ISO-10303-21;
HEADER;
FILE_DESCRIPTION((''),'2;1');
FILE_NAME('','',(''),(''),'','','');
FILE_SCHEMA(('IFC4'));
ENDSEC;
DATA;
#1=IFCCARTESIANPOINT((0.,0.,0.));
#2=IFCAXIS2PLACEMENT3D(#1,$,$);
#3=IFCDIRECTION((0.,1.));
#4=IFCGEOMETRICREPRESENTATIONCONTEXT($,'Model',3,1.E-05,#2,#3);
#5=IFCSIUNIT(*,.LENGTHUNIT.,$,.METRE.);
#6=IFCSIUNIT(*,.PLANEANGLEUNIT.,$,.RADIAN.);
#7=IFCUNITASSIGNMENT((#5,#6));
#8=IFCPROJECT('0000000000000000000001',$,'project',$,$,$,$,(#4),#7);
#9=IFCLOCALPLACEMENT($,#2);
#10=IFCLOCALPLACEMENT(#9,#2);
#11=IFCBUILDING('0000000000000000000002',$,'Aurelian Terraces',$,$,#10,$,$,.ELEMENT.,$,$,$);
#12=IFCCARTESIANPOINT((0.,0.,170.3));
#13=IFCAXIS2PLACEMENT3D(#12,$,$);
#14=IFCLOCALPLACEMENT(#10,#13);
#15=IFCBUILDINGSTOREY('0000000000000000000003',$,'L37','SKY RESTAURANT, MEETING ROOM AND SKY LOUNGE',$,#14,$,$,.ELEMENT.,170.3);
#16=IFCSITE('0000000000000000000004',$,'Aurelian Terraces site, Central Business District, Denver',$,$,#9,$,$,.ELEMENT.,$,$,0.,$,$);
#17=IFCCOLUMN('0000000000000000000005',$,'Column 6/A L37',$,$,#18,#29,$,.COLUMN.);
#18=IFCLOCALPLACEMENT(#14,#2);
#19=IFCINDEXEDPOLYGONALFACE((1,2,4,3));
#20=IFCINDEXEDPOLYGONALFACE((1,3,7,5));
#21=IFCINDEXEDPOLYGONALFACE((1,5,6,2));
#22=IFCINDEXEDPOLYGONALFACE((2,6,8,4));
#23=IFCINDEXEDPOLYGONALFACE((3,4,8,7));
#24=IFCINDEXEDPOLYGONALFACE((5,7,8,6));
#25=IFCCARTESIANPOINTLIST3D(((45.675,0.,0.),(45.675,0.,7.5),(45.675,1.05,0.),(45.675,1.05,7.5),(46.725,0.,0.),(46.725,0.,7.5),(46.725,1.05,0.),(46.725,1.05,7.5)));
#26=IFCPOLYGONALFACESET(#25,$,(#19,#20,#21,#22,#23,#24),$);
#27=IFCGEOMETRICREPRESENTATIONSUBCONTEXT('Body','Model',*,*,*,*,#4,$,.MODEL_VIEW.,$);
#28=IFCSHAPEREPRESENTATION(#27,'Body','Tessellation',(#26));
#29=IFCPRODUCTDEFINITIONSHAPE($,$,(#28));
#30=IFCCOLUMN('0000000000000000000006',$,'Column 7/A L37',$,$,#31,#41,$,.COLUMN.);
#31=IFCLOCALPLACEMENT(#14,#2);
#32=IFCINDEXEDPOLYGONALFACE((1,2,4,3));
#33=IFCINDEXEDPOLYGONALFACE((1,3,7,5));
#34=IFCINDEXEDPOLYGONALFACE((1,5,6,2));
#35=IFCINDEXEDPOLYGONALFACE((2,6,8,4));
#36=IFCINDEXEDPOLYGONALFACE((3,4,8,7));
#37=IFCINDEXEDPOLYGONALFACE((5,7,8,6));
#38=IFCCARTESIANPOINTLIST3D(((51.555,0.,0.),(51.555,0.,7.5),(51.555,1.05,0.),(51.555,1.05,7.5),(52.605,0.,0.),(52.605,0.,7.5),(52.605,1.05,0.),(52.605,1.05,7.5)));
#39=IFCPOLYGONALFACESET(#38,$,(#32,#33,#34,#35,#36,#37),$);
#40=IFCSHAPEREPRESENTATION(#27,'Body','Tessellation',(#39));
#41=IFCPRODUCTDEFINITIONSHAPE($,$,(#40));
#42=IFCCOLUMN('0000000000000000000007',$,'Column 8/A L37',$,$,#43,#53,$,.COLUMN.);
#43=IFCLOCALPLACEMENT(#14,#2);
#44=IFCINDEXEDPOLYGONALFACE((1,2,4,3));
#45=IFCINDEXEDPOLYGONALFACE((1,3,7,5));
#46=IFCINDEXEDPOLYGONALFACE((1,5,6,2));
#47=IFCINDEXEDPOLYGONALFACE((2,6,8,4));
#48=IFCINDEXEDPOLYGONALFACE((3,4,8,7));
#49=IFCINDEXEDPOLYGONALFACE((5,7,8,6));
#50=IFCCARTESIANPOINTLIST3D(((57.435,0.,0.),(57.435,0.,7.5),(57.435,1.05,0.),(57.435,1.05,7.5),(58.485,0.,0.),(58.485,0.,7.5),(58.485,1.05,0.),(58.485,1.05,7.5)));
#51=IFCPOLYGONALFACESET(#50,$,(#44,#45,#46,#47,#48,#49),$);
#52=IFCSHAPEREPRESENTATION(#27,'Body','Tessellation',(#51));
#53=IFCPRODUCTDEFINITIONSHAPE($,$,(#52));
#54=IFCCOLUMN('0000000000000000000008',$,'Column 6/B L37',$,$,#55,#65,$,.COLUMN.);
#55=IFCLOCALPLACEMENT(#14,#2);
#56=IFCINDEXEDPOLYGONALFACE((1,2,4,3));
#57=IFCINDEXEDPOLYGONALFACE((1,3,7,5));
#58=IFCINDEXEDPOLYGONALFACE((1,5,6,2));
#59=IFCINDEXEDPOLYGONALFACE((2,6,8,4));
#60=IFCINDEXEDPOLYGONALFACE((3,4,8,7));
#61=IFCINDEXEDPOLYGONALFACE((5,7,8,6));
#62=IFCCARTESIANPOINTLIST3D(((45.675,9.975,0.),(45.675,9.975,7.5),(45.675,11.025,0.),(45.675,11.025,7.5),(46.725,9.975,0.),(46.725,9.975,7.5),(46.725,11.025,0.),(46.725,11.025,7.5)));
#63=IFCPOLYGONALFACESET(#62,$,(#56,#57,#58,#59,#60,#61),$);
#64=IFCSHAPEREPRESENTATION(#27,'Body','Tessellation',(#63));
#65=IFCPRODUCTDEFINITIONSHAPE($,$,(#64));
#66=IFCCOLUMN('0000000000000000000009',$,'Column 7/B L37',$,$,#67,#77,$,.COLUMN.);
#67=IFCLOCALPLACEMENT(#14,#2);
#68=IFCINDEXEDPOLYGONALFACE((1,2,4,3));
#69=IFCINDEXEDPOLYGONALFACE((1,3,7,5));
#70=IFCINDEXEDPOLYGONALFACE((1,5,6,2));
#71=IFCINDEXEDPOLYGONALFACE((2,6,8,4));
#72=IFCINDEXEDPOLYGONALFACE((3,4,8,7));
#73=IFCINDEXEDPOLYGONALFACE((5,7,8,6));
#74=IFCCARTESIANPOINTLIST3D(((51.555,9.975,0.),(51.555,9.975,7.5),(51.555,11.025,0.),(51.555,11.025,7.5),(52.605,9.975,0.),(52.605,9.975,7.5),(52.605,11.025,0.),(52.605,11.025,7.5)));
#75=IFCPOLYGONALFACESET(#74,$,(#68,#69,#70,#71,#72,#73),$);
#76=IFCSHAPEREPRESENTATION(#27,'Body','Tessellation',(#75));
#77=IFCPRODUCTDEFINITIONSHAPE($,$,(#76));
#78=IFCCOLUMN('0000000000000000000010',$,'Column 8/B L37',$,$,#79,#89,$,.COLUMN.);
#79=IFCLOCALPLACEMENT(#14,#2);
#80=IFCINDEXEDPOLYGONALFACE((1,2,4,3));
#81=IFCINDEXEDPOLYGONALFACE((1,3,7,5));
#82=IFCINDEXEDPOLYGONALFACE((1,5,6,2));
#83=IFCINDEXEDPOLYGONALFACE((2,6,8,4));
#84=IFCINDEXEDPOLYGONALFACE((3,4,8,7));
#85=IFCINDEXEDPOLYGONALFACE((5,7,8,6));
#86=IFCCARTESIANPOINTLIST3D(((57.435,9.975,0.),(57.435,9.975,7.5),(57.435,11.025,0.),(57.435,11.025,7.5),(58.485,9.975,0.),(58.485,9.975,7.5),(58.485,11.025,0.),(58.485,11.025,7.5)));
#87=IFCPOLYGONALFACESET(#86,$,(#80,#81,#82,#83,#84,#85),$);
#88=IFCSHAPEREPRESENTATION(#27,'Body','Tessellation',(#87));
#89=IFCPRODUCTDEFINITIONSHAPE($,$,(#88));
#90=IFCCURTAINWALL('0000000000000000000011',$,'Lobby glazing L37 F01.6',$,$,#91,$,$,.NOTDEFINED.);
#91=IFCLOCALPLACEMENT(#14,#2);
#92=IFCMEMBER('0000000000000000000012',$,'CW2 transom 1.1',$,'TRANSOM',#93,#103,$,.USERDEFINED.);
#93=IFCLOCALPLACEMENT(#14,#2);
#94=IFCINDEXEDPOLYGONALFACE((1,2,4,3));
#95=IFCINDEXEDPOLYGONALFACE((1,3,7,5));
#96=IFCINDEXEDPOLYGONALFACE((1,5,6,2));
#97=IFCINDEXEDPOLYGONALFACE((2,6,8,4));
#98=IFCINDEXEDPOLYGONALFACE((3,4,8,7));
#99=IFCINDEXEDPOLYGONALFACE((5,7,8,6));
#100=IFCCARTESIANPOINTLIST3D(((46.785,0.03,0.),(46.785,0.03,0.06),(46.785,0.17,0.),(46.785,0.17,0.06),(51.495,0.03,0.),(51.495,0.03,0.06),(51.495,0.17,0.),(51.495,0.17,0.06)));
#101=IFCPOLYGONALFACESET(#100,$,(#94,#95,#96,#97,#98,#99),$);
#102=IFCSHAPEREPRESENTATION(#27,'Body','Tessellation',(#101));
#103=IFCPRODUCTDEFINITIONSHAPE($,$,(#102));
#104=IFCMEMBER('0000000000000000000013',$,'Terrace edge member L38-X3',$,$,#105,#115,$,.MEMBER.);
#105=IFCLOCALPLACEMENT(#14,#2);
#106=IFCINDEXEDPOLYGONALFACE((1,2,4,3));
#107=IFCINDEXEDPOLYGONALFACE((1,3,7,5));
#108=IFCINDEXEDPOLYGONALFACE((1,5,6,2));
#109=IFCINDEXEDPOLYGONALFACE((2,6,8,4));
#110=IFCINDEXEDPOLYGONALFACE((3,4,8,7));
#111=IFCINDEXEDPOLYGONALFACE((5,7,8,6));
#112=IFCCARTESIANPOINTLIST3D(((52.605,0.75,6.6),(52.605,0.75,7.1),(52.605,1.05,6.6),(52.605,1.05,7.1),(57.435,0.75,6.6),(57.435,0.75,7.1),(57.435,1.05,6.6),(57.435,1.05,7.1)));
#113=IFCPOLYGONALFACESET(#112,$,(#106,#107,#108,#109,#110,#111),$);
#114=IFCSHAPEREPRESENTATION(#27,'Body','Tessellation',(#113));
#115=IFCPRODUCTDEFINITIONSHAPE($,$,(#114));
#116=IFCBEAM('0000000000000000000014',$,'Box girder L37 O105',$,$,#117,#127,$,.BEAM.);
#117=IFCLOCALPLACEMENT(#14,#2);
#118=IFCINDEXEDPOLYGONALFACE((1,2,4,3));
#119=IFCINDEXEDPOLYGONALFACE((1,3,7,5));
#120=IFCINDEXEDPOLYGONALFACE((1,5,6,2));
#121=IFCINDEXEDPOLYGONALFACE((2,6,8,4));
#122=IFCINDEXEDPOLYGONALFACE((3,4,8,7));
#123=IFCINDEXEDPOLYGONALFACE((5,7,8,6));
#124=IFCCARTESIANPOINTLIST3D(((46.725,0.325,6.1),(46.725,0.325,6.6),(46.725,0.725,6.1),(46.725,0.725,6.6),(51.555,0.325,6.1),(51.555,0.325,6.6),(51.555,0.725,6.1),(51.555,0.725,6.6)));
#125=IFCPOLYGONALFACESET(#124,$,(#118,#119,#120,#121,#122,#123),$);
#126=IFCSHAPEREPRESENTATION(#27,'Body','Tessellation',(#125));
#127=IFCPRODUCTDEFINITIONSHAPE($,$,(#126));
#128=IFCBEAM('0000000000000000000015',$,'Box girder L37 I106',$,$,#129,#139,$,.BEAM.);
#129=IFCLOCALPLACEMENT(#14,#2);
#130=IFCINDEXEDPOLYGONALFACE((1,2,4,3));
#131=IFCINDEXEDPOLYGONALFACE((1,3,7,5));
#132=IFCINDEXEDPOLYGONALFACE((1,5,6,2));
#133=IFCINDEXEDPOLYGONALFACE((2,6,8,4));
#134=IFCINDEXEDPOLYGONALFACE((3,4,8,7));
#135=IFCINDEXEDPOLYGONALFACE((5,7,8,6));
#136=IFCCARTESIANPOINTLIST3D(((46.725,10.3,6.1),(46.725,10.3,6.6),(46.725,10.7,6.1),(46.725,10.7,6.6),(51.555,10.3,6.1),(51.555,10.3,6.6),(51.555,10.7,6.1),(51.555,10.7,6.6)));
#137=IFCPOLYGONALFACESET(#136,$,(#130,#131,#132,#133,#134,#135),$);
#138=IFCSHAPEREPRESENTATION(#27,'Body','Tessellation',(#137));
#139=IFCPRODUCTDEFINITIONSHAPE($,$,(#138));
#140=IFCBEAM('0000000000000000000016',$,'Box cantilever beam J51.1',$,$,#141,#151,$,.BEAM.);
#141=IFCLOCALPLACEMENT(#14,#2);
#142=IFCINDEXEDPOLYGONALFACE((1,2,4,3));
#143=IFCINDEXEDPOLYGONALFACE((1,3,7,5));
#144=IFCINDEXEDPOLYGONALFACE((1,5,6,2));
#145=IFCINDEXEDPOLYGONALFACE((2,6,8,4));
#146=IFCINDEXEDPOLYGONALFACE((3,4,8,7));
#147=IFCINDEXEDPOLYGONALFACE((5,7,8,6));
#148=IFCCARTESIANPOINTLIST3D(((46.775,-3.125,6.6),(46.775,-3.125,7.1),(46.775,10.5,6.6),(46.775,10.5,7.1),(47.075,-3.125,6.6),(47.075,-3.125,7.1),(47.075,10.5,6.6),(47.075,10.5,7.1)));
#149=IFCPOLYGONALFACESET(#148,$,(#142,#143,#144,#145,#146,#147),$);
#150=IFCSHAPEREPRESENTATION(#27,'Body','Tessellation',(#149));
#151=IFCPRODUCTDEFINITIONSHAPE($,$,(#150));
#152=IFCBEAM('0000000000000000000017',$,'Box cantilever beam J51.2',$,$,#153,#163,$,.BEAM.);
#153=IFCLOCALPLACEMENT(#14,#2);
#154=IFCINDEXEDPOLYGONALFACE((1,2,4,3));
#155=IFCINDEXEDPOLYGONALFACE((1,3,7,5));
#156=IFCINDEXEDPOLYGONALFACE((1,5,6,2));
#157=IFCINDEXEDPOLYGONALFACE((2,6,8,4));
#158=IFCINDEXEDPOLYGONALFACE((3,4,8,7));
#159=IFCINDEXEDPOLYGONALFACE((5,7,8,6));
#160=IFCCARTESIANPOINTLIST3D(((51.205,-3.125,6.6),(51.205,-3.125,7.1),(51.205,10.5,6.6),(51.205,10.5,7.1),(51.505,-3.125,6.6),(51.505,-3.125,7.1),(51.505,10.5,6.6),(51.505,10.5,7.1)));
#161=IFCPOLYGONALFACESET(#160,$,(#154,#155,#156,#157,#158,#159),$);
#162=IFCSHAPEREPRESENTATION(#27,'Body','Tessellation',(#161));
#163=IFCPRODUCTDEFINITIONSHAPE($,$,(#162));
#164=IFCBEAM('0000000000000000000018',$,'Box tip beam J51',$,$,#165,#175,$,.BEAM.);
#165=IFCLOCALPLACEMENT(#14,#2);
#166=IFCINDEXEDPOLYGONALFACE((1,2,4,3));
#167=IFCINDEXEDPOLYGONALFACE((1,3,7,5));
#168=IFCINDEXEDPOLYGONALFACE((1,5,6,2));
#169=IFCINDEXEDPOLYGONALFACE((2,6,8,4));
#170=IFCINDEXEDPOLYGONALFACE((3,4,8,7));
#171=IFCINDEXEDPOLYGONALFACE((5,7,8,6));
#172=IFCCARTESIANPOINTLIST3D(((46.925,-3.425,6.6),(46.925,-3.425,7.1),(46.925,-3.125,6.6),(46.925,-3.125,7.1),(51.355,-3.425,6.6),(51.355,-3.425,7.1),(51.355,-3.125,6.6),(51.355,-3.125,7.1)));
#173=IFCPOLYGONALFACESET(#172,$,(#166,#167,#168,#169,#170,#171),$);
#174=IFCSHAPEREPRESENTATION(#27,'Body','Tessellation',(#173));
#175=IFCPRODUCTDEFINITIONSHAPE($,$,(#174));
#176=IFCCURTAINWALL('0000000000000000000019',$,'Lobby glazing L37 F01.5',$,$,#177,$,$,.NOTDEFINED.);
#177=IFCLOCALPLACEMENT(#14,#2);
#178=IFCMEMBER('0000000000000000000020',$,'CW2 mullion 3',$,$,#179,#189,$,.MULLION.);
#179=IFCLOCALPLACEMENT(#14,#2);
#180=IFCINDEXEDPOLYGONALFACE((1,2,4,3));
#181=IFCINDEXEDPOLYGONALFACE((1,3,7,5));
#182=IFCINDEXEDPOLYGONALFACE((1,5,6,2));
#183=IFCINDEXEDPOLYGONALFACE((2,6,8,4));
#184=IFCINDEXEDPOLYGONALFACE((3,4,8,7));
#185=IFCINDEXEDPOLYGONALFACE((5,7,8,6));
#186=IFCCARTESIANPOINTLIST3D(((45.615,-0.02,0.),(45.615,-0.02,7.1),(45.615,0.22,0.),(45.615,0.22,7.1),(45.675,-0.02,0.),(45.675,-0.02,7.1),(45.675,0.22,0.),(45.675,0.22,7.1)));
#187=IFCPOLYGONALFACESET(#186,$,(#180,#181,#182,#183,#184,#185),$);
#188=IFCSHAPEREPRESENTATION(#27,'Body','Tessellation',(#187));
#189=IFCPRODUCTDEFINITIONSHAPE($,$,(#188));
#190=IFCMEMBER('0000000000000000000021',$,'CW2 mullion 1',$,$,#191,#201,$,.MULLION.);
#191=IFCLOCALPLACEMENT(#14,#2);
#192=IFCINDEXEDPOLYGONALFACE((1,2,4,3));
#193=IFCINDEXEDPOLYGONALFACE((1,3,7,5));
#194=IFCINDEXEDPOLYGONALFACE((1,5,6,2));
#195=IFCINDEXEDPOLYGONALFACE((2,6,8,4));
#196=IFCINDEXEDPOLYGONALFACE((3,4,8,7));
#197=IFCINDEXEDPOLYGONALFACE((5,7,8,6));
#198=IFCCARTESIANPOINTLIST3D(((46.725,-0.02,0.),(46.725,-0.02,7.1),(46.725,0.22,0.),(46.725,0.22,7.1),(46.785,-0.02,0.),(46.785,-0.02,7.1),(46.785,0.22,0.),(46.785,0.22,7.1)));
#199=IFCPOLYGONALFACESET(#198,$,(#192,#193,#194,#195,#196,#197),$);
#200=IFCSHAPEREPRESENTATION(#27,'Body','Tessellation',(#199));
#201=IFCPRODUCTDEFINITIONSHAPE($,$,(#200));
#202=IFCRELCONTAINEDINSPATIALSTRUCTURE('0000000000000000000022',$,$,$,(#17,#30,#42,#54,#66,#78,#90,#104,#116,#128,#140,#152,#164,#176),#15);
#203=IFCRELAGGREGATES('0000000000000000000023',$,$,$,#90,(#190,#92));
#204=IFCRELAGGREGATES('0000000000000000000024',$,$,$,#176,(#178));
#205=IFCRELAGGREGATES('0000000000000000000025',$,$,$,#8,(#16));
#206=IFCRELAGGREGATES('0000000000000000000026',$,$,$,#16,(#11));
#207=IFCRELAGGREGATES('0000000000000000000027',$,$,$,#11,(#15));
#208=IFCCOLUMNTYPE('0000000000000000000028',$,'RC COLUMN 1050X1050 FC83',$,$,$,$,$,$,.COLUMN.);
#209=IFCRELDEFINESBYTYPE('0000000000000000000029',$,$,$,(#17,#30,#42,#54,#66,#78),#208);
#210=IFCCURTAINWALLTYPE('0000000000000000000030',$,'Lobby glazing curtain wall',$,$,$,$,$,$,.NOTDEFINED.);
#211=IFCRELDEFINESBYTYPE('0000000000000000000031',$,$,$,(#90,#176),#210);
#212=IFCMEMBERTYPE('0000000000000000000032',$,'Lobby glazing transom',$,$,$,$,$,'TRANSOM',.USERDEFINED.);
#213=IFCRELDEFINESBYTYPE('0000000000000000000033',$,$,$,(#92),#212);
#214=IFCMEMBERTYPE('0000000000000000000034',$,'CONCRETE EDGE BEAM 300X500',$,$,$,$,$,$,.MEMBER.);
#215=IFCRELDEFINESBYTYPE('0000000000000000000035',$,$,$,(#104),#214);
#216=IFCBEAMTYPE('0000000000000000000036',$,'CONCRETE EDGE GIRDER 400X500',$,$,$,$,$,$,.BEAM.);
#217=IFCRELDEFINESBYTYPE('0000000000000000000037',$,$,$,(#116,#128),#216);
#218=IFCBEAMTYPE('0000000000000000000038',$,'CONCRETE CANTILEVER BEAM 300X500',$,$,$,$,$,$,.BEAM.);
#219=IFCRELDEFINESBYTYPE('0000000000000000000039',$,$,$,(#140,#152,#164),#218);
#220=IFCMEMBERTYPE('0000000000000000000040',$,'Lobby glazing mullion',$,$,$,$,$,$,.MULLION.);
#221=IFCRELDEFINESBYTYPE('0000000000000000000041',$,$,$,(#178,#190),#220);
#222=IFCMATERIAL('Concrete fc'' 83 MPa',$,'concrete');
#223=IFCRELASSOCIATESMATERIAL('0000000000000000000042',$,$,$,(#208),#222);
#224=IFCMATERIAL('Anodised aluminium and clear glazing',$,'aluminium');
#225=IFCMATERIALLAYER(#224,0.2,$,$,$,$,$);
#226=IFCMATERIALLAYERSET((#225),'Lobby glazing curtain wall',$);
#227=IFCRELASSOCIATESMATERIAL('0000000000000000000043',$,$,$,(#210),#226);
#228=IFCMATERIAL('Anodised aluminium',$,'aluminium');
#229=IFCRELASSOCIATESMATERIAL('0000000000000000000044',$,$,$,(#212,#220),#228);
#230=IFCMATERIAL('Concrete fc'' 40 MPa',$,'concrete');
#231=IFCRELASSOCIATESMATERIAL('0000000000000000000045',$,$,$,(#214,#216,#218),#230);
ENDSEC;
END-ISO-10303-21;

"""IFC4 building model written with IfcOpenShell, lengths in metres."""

from ifc_helpers import new_model, si_unit, direction, frame, origin, origin_2d, place, context, subcontext, project, spatial, rectangle, extrude, source, transform, mapped, material, layer, layer_set, material_profile, profile_set, type_object, element, aggregate, save


model = new_model("IFC4")

# Units and contexts
model_context = context("Model", 3, precision=1e-05, world=origin(), true_north=direction((0.0, 1.0)))
body_context = subcontext(model_context, "Body", "Model", "MODEL_VIEW")
ifc_project = project(units=[si_unit("LENGTHUNIT", "METRE"), si_unit("PLANEANGLEUNIT", "RADIAN")], contexts=[model_context])

# Site, building, storey
site_placement = place(None, origin())
site = spatial("IfcSite", under=ifc_project, at=site_placement, Name="Aurelian Terraces site, Central Business District, Denver", CompositionType="ELEMENT", RefElevation=0.0)
building_placement = place(site_placement, origin())
building = spatial("IfcBuilding", under=site, at=building_placement, Name="Aurelian Terraces", CompositionType="ELEMENT")
storey_placement = place(building_placement, frame((0.0, 0.0, 170.3)))
storey = spatial("IfcBuildingStorey", under=building, at=storey_placement, Name="L37", Description="SKY RESTAURANT, MEETING ROOM AND SKY LOUNGE", CompositionType="ELEMENT", Elevation=170.3)

# Columns
ifc_material_1 = material(Name="Concrete fc' 83 MPa", Category="concrete")
ifc_material_profile_1 = material_profile(ifc_material_1, rectangle(XDim=1.05, YDim=1.05, at=origin_2d()))
ifc_profile_set_1 = profile_set([ifc_material_profile_1], Name="Concrete fc' 83 MPa")
column_type = type_object("IfcColumnType", Name="RC COLUMN 1050X1050 FC83", PredefinedType="COLUMN", material=ifc_profile_set_1)
shared_shape_1 = source(origin(), body_context, "Body", "SweptSolid", [
    extrude(rectangle(XDim=1.05, YDim=1.05, at=origin_2d()), origin(), (0.0, 0.0, 1.0), 7.5),
])
for number, where, z_axis, x_axis, name in (
    (1, (46.2, 0.525, 0.0), (0.0, 0.0, 1.0), (1.0, 0.0, 0.0), "Column 6/A L37"),
    (2, (52.08, 0.525, 0.0), (0.0, 0.0, 1.0), (1.0, 0.0, 0.0), "Column 7/A L37"),
    (3, (57.96, 0.525, 0.0), (0.0, 0.0, 1.0), (1.0, 0.0, 0.0), "Column 8/A L37"),
    (4, (46.2, 10.5, 0.0), (0.0, 0.0, 1.0), (1.0, 0.0, 0.0), "Column 6/B L37"),
    (5, (52.08, 10.5, 0.0), (0.0, 0.0, 1.0), (1.0, 0.0, 0.0), "Column 7/B L37"),
    (6, (57.96, 10.5, 0.0), (0.0, 0.0, 1.0), (1.0, 0.0, 0.0), "Column 8/B L37"),
):
    element("IfcColumn", number, at=place(storey_placement, frame(where, z_axis=z_axis, x_axis=x_axis)), inside=storey, type_object=column_type, Name=name, PredefinedType="COLUMN", context=body_context, shape_type="MappedRepresentation", body=[
        mapped(shared_shape_1, transform((0.0, 0.0, 0.0), scale=1.0)),
    ])

# Curtain wall, member
ifc_material_2 = material(Name="Anodised aluminium and clear glazing", Category="aluminium")
ifc_layer_1 = layer(ifc_material_2, 0.2)
ifc_layer_set_1 = layer_set([ifc_layer_1], Name="Lobby glazing curtain wall")
curtain_wall_type = type_object("IfcCurtainWallType", Name="Lobby glazing curtain wall", PredefinedType="NOTDEFINED", material=ifc_layer_set_1)
curtain_wall_1_placement = place(storey_placement, origin())
curtain_wall_1 = element("IfcCurtainWall", 7, at=curtain_wall_1_placement, inside=storey, type_object=curtain_wall_type, Name="Lobby glazing L37 F01.6", PredefinedType="NOTDEFINED")
ifc_material_3 = material(Name="Anodised aluminium", Category="aluminium")
ifc_material_profile_2 = material_profile(ifc_material_3, rectangle(XDim=0.14, YDim=0.06, at=origin_2d()))
ifc_profile_set_2 = profile_set([ifc_material_profile_2], Name="Anodised aluminium")
member_type_1 = type_object("IfcMemberType", Name="Lobby glazing transom", ElementType="TRANSOM", PredefinedType="USERDEFINED", material=ifc_profile_set_2)
member_1_placement = place(storey_placement, frame((46.785, 0.1, 0.03), z_axis=(1.0, 0.0, 0.0), x_axis=(0.0, 1.0, 0.0)))
member_1 = element("IfcMember", 8, at=member_1_placement, type_object=member_type_1, Name="CW2 transom 1.1", ObjectType="TRANSOM", PredefinedType="USERDEFINED", context=body_context, shape_type="SweptSolid", body=[
    extrude(rectangle(XDim=0.14, YDim=0.06, at=origin_2d()), origin(), (0.0, 0.0, 1.0), 4.71),
])

# Member
ifc_material_4 = material(Name="Concrete fc' 40 MPa", Category="concrete")
ifc_material_profile_3 = material_profile(ifc_material_4, rectangle(XDim=0.3, YDim=0.5, at=origin_2d()))
ifc_profile_set_3 = profile_set([ifc_material_profile_3], Name="Concrete fc' 40 MPa")
member_type_2 = type_object("IfcMemberType", Name="CONCRETE EDGE BEAM 300X500", PredefinedType="MEMBER", material=ifc_profile_set_3)
shared_shape_2 = source(origin(), body_context, "Body", "SweptSolid", [
    extrude(rectangle(XDim=0.3, YDim=0.5, at=origin_2d()), origin(), (0.0, 0.0, 1.0), 4.83),
])
member_2_placement = place(storey_placement, frame((57.435, 0.9, 6.85), z_axis=(-1.0, 0.0, 0.0), x_axis=(0.0, -1.0, 0.0)))
element("IfcMember", 9, at=member_2_placement, inside=storey, type_object=member_type_2, Name="Terrace edge member L38-X3", PredefinedType="MEMBER", context=body_context, shape_type="MappedRepresentation", body=[
    mapped(shared_shape_2, transform((0.0, 0.0, 0.0), scale=1.0)),
])

# Beams
ifc_material_profile_4 = material_profile(ifc_material_4, rectangle(XDim=0.4, YDim=0.5, at=origin_2d()))
ifc_profile_set_4 = profile_set([ifc_material_profile_4], Name="Concrete fc' 40 MPa")
beam_type_1 = type_object("IfcBeamType", Name="CONCRETE EDGE GIRDER 400X500", PredefinedType="BEAM", material=ifc_profile_set_4)
shared_shape_3 = source(origin(), body_context, "Body", "SweptSolid", [
    extrude(rectangle(XDim=0.4, YDim=0.5, at=origin_2d()), origin(), (0.0, 0.0, 1.0), 4.83),
])
for number, where, z_axis, x_axis, name in (
    (10, (46.725, 0.525, 6.35), (1.0, 0.0, 0.0), (0.0, 1.0, 0.0), "Box girder L37 O105"),
    (11, (46.725, 10.5, 6.35), (1.0, 0.0, 0.0), (0.0, 1.0, 0.0), "Box girder L37 I106"),
):
    element("IfcBeam", number, at=place(storey_placement, frame(where, z_axis=z_axis, x_axis=x_axis)), inside=storey, type_object=beam_type_1, Name=name, PredefinedType="BEAM", context=body_context, shape_type="MappedRepresentation", body=[
        mapped(shared_shape_3, transform((0.0, 0.0, 0.0), scale=1.0)),
    ])
ifc_material_profile_5 = material_profile(ifc_material_4, rectangle(XDim=0.3, YDim=0.5, at=origin_2d()))
ifc_profile_set_5 = profile_set([ifc_material_profile_5], Name="Concrete fc' 40 MPa")
beam_type_2 = type_object("IfcBeamType", Name="CONCRETE CANTILEVER BEAM 300X500", PredefinedType="BEAM", material=ifc_profile_set_5)
shared_shape_4 = source(origin(), body_context, "Body", "SweptSolid", [
    extrude(rectangle(XDim=0.3, YDim=0.5, at=origin_2d()), origin(), (0.0, 0.0, 1.0), 13.625),
])
for number, where, z_axis, x_axis, name in (
    (12, (46.925, -3.125, 6.85), (0.0, 1.0, 0.0), (-1.0, 0.0, 0.0), "Box cantilever beam J51.1"),
    (13, (51.355, -3.125, 6.85), (0.0, 1.0, 0.0), (-1.0, 0.0, 0.0), "Box cantilever beam J51.2"),
):
    element("IfcBeam", number, at=place(storey_placement, frame(where, z_axis=z_axis, x_axis=x_axis)), inside=storey, type_object=beam_type_2, Name=name, PredefinedType="BEAM", context=body_context, shape_type="MappedRepresentation", body=[
        mapped(shared_shape_4, transform((0.0, 0.0, 0.0), scale=1.0)),
    ])
shared_shape_5 = source(origin(), body_context, "Body", "SweptSolid", [
    extrude(rectangle(XDim=0.3, YDim=0.5, at=origin_2d()), origin(), (0.0, 0.0, 1.0), 4.43),
])
beam_placement = place(storey_placement, frame((46.925, -3.275, 6.85), z_axis=(1.0, 0.0, 0.0), x_axis=(0.0, 1.0, 0.0)))
element("IfcBeam", 14, at=beam_placement, inside=storey, type_object=beam_type_2, Name="Box tip beam J51", PredefinedType="BEAM", context=body_context, shape_type="MappedRepresentation", body=[
    mapped(shared_shape_5, transform((0.0, 0.0, 0.0), scale=1.0)),
])

# Curtain wall, member
curtain_wall_2_placement = place(storey_placement, origin())
curtain_wall_2 = element("IfcCurtainWall", 15, at=curtain_wall_2_placement, inside=storey, type_object=curtain_wall_type, Name="Lobby glazing L37 F01.5", PredefinedType="NOTDEFINED")
ifc_material_profile_6 = material_profile(ifc_material_3, rectangle(XDim=0.24, YDim=0.06, at=origin_2d()))
ifc_profile_set_6 = profile_set([ifc_material_profile_6], Name="Anodised aluminium")
member_type_3 = type_object("IfcMemberType", Name="Lobby glazing mullion", PredefinedType="MULLION", material=ifc_profile_set_6)
shared_shape_6 = source(origin(), body_context, "Body", "SweptSolid", [
    extrude(rectangle(XDim=0.24, YDim=0.06, at=origin_2d()), origin(), (0.0, 0.0, 1.0), 7.1),
])
member_3_placement = place(storey_placement, frame((45.645, 0.1, 0.0), z_axis=(0.0, 0.0, 1.0), x_axis=(0.0, 1.0, 0.0)))
member_3 = element("IfcMember", 16, at=member_3_placement, type_object=member_type_3, Name="CW2 mullion 3", PredefinedType="MULLION", context=body_context, shape_type="MappedRepresentation", body=[
    mapped(shared_shape_6, transform((0.0, 0.0, 0.0), scale=1.0)),
])

# Member
member_4_placement = place(storey_placement, frame((46.755, 0.1, 0.0), z_axis=(0.0, 0.0, 1.0), x_axis=(0.0, 1.0, 0.0)))
member_4 = element("IfcMember", 17, at=member_4_placement, type_object=member_type_3, Name="CW2 mullion 1", PredefinedType="MULLION", context=body_context, shape_type="MappedRepresentation", body=[
    mapped(shared_shape_6, transform((0.0, 0.0, 0.0), scale=1.0)),
])

aggregate(curtain_wall_1, [member_4, member_1])
aggregate(curtain_wall_2, [member_3])

save(model, "model.ifc")
